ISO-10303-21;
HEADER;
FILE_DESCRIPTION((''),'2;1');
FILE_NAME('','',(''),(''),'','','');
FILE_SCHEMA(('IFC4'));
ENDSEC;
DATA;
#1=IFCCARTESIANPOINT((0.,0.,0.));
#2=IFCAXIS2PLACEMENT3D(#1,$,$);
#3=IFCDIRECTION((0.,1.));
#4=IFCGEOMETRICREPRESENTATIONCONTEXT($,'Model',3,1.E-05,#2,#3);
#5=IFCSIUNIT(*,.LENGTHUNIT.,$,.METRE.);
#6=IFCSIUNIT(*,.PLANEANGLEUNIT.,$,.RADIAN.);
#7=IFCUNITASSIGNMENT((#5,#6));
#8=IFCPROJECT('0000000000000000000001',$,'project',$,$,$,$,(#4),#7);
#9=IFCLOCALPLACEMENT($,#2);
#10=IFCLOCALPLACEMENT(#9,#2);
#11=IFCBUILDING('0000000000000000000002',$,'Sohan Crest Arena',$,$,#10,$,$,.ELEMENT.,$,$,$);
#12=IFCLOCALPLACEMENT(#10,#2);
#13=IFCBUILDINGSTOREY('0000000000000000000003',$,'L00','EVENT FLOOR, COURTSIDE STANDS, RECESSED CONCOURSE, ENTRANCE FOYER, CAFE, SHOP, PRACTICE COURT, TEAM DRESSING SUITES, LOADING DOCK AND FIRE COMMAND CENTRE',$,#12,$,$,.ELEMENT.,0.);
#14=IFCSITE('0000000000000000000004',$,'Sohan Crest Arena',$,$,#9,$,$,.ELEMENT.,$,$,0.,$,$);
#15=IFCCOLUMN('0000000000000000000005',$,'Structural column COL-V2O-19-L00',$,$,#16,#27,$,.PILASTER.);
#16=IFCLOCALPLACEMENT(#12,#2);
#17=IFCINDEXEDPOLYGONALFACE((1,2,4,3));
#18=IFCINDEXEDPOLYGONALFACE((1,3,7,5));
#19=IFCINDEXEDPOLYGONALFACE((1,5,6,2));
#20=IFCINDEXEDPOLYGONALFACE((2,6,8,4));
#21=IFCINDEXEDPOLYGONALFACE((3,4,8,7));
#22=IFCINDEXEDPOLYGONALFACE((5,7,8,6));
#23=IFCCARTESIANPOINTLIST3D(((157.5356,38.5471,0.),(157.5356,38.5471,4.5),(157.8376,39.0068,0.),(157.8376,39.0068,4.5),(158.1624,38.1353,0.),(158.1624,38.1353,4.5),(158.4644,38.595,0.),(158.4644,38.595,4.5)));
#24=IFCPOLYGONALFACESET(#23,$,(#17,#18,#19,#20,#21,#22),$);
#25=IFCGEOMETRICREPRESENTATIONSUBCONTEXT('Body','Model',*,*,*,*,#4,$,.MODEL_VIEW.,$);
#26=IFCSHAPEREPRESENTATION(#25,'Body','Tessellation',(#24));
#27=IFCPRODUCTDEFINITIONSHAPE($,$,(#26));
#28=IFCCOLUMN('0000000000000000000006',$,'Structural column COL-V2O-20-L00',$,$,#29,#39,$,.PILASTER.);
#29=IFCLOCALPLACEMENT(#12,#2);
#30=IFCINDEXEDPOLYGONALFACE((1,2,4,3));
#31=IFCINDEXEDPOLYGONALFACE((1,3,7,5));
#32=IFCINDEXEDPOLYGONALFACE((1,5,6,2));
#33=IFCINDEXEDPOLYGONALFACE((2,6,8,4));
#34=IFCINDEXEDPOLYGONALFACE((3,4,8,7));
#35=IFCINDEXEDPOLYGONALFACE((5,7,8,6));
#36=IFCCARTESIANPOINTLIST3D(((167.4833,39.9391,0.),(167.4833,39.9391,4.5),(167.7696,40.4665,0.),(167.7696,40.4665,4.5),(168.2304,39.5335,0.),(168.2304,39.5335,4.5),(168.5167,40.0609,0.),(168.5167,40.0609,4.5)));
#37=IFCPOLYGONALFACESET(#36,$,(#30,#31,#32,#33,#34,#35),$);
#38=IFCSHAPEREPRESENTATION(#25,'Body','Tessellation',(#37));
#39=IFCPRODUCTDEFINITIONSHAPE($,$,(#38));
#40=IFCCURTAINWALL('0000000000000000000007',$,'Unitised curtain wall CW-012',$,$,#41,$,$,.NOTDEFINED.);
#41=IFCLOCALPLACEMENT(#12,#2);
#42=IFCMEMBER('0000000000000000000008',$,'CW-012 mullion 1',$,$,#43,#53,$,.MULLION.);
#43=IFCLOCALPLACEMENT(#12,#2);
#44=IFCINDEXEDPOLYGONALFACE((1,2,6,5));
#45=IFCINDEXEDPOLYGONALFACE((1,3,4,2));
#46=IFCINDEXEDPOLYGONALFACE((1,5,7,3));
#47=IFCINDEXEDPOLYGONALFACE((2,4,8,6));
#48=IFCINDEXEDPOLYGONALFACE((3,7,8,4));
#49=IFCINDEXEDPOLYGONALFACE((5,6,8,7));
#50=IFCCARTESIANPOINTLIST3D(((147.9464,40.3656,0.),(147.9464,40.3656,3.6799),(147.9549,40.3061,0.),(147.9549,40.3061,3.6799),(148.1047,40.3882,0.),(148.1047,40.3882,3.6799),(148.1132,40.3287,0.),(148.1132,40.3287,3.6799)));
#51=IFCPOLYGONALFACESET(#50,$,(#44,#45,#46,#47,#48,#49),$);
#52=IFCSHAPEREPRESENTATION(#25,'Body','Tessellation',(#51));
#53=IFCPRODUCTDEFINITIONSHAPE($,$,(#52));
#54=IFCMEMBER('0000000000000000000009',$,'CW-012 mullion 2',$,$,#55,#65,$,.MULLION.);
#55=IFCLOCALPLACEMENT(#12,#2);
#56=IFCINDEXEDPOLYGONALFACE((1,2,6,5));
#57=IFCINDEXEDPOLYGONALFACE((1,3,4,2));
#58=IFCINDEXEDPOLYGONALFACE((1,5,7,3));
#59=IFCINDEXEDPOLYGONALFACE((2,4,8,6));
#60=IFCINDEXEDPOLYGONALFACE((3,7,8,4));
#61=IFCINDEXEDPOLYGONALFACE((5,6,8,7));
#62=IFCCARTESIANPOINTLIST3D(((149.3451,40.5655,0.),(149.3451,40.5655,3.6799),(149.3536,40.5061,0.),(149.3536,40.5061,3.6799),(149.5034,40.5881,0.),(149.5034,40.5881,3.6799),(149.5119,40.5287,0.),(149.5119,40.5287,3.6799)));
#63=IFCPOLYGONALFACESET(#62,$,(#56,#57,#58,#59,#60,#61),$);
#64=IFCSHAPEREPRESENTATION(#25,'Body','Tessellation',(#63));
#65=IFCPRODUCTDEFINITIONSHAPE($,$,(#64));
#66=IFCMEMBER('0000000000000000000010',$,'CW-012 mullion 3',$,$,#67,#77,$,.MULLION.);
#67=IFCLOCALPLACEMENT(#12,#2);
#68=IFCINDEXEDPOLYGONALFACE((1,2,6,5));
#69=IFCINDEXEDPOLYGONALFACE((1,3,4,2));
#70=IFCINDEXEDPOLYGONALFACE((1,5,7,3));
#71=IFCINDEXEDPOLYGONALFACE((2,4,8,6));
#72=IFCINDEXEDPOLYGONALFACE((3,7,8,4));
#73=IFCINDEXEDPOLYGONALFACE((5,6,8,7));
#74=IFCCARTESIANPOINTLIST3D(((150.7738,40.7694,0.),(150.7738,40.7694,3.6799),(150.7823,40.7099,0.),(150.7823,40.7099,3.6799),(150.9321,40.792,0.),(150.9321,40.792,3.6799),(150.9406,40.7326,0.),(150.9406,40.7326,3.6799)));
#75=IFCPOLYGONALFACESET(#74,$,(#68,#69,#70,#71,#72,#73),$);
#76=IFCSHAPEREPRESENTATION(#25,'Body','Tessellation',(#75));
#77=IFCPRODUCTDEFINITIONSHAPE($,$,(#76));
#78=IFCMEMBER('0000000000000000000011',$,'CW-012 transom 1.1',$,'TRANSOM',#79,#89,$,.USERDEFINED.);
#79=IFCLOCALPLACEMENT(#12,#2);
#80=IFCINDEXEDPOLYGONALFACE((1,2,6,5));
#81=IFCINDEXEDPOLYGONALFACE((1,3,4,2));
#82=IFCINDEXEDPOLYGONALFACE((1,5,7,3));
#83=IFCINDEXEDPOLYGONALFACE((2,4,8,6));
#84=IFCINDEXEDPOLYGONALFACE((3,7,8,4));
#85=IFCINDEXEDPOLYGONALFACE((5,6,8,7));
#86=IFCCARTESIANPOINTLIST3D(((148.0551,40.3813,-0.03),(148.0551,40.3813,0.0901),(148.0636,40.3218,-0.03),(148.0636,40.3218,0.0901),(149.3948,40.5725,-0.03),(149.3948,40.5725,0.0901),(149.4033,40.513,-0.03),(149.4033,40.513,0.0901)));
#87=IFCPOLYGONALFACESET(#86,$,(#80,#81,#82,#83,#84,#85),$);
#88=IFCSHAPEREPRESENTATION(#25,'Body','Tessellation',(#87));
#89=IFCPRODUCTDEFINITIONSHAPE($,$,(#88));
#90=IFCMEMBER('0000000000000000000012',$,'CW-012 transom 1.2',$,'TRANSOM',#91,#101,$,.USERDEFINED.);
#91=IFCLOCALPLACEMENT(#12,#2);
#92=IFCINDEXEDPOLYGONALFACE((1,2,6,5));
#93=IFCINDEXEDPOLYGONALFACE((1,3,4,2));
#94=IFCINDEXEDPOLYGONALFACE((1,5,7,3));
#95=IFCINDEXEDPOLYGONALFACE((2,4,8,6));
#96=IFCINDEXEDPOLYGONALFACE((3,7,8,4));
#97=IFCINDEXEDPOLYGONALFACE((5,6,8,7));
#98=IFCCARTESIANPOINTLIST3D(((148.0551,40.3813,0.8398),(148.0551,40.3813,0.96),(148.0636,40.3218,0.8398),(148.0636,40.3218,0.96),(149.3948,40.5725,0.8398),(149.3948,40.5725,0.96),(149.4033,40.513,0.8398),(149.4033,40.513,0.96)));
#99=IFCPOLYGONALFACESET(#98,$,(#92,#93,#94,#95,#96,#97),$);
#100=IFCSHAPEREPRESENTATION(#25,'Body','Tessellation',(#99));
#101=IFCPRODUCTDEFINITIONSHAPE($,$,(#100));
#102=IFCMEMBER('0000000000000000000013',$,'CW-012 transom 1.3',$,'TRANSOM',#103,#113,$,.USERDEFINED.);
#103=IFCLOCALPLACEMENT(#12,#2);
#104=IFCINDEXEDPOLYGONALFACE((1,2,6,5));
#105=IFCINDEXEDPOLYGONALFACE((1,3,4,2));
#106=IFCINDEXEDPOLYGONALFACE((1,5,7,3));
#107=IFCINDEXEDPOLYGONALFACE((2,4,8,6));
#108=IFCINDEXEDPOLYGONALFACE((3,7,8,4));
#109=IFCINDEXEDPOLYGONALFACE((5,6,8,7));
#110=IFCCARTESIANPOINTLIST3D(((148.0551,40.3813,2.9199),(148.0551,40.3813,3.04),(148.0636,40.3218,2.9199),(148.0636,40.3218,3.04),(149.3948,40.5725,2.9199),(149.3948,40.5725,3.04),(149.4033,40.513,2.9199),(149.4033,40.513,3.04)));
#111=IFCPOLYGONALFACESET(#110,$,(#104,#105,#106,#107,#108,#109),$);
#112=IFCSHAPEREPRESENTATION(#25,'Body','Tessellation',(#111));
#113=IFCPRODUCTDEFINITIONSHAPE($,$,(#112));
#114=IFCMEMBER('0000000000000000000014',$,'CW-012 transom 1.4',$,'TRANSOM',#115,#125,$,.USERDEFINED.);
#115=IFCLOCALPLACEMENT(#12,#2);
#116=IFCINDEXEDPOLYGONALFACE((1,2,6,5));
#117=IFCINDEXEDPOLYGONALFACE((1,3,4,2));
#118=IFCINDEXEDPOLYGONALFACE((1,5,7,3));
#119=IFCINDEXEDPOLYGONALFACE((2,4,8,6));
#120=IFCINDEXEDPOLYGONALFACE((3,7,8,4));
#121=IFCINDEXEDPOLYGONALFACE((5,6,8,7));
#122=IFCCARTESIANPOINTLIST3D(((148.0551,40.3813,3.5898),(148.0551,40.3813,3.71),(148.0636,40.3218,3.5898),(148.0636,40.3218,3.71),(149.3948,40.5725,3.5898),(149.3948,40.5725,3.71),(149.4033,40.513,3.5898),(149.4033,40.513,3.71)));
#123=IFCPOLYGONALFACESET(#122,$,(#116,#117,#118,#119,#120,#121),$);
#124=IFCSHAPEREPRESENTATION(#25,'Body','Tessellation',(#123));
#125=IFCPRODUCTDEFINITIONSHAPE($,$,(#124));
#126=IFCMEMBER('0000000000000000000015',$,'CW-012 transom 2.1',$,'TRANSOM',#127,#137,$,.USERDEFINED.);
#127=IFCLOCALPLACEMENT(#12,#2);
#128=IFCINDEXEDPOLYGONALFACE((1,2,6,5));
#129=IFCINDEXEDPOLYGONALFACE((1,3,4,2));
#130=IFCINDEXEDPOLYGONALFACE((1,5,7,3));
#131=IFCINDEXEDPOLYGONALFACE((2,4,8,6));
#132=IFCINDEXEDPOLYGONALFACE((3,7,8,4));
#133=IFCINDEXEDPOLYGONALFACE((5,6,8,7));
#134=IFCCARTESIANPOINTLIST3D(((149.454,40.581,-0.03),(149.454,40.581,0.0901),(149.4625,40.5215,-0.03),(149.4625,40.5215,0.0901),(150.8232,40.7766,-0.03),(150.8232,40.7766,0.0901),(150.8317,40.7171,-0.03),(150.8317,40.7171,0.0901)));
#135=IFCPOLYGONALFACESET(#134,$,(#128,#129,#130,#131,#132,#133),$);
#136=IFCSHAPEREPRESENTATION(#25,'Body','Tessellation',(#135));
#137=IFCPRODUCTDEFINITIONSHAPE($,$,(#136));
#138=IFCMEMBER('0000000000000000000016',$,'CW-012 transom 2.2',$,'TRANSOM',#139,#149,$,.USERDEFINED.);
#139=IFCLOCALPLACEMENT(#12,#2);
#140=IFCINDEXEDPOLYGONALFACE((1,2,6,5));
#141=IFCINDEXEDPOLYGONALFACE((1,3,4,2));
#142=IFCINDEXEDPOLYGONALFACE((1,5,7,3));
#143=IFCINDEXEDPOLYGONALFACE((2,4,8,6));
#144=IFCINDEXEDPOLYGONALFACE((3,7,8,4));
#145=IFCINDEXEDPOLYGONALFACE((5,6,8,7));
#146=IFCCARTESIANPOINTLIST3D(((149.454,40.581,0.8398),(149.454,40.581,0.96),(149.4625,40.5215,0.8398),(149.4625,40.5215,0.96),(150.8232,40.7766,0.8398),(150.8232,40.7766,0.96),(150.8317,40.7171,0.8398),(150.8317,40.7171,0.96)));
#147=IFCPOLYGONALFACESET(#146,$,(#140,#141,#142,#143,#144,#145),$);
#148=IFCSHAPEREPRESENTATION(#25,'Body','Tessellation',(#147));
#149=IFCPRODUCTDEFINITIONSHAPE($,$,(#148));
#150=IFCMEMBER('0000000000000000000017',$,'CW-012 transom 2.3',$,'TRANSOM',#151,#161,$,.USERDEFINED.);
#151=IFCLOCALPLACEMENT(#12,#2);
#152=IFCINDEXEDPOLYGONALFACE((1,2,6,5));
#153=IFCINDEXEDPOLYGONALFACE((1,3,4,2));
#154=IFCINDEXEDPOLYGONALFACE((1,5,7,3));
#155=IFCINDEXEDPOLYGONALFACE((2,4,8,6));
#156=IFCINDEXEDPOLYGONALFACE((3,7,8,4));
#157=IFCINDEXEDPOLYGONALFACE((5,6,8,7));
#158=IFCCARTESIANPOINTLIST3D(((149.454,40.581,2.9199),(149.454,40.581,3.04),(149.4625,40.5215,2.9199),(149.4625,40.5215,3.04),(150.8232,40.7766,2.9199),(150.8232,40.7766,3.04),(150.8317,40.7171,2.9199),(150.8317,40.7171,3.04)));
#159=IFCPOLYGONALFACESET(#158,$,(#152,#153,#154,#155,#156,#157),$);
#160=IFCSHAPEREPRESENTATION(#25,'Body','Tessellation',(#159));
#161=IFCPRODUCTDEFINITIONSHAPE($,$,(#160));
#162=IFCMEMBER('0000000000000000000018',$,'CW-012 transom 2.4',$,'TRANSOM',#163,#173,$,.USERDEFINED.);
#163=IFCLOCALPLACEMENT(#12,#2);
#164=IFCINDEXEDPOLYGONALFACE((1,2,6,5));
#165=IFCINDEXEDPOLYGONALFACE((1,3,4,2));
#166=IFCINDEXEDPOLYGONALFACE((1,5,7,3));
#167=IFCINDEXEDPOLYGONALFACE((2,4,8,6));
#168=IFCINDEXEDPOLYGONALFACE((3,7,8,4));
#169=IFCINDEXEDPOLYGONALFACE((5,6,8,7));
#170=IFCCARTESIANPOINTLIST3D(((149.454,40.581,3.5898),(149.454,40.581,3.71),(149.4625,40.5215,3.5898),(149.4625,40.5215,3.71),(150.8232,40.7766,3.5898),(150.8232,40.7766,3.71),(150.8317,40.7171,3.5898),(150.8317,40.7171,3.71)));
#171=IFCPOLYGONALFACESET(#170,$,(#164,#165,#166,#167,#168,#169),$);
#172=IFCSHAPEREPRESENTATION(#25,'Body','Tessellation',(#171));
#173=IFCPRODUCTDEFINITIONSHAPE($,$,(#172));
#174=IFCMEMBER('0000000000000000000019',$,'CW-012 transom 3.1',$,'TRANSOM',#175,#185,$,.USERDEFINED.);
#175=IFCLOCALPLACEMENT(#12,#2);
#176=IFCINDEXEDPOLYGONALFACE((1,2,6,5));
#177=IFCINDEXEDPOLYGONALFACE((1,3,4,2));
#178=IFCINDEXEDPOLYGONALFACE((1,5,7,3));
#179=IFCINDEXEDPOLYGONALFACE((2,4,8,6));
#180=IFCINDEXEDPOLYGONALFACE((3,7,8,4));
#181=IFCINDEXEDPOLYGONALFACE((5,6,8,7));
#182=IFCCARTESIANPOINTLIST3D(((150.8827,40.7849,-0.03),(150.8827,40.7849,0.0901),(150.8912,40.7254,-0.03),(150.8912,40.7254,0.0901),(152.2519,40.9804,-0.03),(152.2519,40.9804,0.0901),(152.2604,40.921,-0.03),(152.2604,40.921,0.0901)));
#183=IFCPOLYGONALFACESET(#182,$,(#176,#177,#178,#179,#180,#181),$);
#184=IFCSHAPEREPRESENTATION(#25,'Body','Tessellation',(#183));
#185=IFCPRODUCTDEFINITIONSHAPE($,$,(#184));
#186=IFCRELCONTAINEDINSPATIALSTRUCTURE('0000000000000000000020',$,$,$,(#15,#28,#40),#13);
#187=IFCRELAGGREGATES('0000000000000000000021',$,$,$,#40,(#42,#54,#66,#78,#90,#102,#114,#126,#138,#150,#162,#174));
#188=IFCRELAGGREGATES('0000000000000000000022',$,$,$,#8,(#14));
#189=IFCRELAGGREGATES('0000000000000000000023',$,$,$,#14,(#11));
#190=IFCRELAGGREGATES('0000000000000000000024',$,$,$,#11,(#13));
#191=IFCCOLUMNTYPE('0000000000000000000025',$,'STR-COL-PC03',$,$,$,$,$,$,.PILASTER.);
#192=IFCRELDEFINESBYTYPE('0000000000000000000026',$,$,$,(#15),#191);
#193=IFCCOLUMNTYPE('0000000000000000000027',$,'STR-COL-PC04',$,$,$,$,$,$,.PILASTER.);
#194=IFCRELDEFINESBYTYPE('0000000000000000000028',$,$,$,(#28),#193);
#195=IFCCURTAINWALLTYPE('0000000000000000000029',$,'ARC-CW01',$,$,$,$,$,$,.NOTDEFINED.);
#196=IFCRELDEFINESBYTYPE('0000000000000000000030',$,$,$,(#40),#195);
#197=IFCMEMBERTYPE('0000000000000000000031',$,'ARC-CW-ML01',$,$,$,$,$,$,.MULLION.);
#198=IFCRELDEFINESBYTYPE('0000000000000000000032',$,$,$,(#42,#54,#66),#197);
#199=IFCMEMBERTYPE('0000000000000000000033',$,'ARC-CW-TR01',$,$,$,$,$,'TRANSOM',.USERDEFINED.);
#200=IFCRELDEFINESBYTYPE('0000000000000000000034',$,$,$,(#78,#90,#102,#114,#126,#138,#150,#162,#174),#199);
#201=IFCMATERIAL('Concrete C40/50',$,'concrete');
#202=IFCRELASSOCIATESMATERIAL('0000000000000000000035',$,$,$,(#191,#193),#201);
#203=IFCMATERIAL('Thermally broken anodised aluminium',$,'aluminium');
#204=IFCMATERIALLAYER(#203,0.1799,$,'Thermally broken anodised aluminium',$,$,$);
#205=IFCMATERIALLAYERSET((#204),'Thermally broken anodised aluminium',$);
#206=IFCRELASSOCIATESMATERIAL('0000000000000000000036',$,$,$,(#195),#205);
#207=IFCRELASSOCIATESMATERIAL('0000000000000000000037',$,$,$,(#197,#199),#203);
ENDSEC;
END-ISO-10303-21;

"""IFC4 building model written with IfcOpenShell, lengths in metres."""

from ifc_helpers import new_model, si_unit, direction, frame, origin, origin_2d, place, context, subcontext, project, spatial, rectangle, extrude, material, layer, layer_set, material_profile, profile_set, type_object, element, aggregate, save


model = new_model("IFC4")

# Units and contexts
model_context = context("Model", 3, precision=1e-05, world=origin(), true_north=direction((0.0, 1.0)))
body_context = subcontext(model_context, "Body", "Model", "MODEL_VIEW")
ifc_project = project(units=[si_unit("LENGTHUNIT", "METRE"), si_unit("PLANEANGLEUNIT", "RADIAN")], contexts=[model_context])

# Site, building, storey
site_placement = place(None, origin())
site = spatial("IfcSite", under=ifc_project, at=site_placement, Name="Sohan Crest Arena", CompositionType="ELEMENT", RefElevation=0.0)
building_placement = place(site_placement, origin())
building = spatial("IfcBuilding", under=site, at=building_placement, Name="Sohan Crest Arena", CompositionType="ELEMENT")
storey_placement = place(building_placement, origin())
storey = spatial("IfcBuildingStorey", under=building, at=storey_placement, Name="L00", Description="EVENT FLOOR, COURTSIDE STANDS, RECESSED CONCOURSE, ENTRANCE FOYER, CAFE, SHOP, PRACTICE COURT, TEAM DRESSING SUITES, LOADING DOCK AND FIRE COMMAND CENTRE", CompositionType="ELEMENT", Elevation=0.0)

# Columns
ifc_material_1 = material(Name="Concrete C40/50", Category="concrete")
ifc_material_profile_1 = material_profile(ifc_material_1, rectangle(XDim=0.75, YDim=0.55, at=origin_2d()), Name="RC 750x550")
ifc_profile_set_1 = profile_set([ifc_material_profile_1], Name="Concrete C40/50")
column_type_1 = type_object("IfcColumnType", Name="STR-COL-PC03", PredefinedType="PILASTER", material=ifc_profile_set_1)
column_1_placement = place(storey_placement, frame((158.0, 38.571, 0.0), z_axis=(0.0, 0.0, 1.0), x_axis=(-0.835807, 0.549023, 0.0)))
element("IfcColumn", 1, at=column_1_placement, inside=storey, type_object=column_type_1, Name="Structural column COL-V2O-19-L00", PredefinedType="PILASTER", context=body_context, shape_type="SweptSolid", body=[
    extrude(rectangle(XDim=0.75, YDim=0.55, at=origin_2d()), origin(), (0.0, 0.0, 1.0), 4.5),
])
ifc_material_profile_2 = material_profile(ifc_material_1, rectangle(XDim=0.8501, YDim=0.6001, at=origin_2d()), Name="RC 850x600")
ifc_profile_set_2 = profile_set([ifc_material_profile_2], Name="Concrete C40/50")
column_type_2 = type_object("IfcColumnType", Name="STR-COL-PC04", PredefinedType="PILASTER", material=ifc_profile_set_2)
column_2_placement = place(storey_placement, frame((168.0, 40.0, 0.0), z_axis=(0.0, 0.0, 1.0), x_axis=(-0.878817, 0.477159, 0.0)))
element("IfcColumn", 2, at=column_2_placement, inside=storey, type_object=column_type_2, Name="Structural column COL-V2O-20-L00", PredefinedType="PILASTER", context=body_context, shape_type="SweptSolid", body=[
    extrude(rectangle(XDim=0.8501, YDim=0.6001, at=origin_2d()), origin(), (0.0, 0.0, 1.0), 4.5),
])

# Curtain wall, members
ifc_material_2 = material(Name="Thermally broken anodised aluminium", Category="aluminium")
ifc_layer_1 = layer(ifc_material_2, 0.1799, Name="Thermally broken anodised aluminium")
ifc_layer_set_1 = layer_set([ifc_layer_1], Name="Thermally broken anodised aluminium")
curtain_wall_type = type_object("IfcCurtainWallType", Name="ARC-CW01", PredefinedType="NOTDEFINED", material=ifc_layer_set_1)
curtain_wall_placement = place(storey_placement, origin())
curtain_wall = element("IfcCurtainWall", 3, at=curtain_wall_placement, inside=storey, type_object=curtain_wall_type, Name="Unitised curtain wall CW-012", PredefinedType="NOTDEFINED")
ifc_material_profile_3 = material_profile(ifc_material_2, rectangle(XDim=0.0601, YDim=0.1599, at=origin_2d()), Name="ALU-MULL 60x160")
ifc_profile_set_3 = profile_set([ifc_material_profile_3], Name="Thermally broken anodised aluminium")
member_type_1 = type_object("IfcMemberType", Name="ARC-CW-ML01", PredefinedType="MULLION", material=ifc_profile_set_3)
member_1_placement = place(storey_placement, frame((148.0298, 40.3472, 0.0), z_axis=(0.0, 0.0, 1.0), x_axis=(-0.141366, 0.989957, 0.0)))
member_1 = element("IfcMember", 4, at=member_1_placement, type_object=member_type_1, Name="CW-012 mullion 1", PredefinedType="MULLION", context=body_context, shape_type="SweptSolid", body=[
    extrude(rectangle(XDim=0.0601, YDim=0.1599, at=origin_2d()), origin(), (0.0, 0.0, 1.0), 3.6799),
])
member_2_placement = place(storey_placement, frame((149.4285, 40.5471, 0.0), z_axis=(0.0, 0.0, 1.0), x_axis=(-0.141366, 0.989957, 0.0)))
member_2 = element("IfcMember", 5, at=member_2_placement, type_object=member_type_1, Name="CW-012 mullion 2", PredefinedType="MULLION", context=body_context, shape_type="SweptSolid", body=[
    extrude(rectangle(XDim=0.0601, YDim=0.1599, at=origin_2d()), origin(), (0.0, 0.0, 1.0), 3.6799),
])
member_3_placement = place(storey_placement, frame((150.8572, 40.751, 0.0), z_axis=(0.0, 0.0, 1.0), x_axis=(-0.141366, 0.989957, 0.0)))
member_3 = element("IfcMember", 6, at=member_3_placement, type_object=member_type_1, Name="CW-012 mullion 3", PredefinedType="MULLION", context=body_context, shape_type="SweptSolid", body=[
    extrude(rectangle(XDim=0.0601, YDim=0.1599, at=origin_2d()), origin(), (0.0, 0.0, 1.0), 3.6799),
])
ifc_material_profile_4 = material_profile(ifc_material_2, rectangle(XDim=0.0601, YDim=0.1201, at=origin_2d()), Name="ALU-TRAN 60x120")
ifc_profile_set_4 = profile_set([ifc_material_profile_4], Name="Thermally broken anodised aluminium")
member_type_2 = type_object("IfcMemberType", Name="ARC-CW-TR01", ElementType="TRANSOM", PredefinedType="USERDEFINED", material=ifc_profile_set_4)
member_4_placement = place(storey_placement, frame((148.0593, 40.3516, 0.03), z_axis=(0.989971, 0.14127, 0.0), x_axis=(-0.14127, 0.989971, 0.0)))
member_4 = element("IfcMember", 7, at=member_4_placement, type_object=member_type_2, Name="CW-012 transom 1.1", ObjectType="TRANSOM", PredefinedType="USERDEFINED", context=body_context, shape_type="SweptSolid", body=[
    extrude(rectangle(XDim=0.0601, YDim=0.1201, at=origin_2d()), origin(), (0.0, 0.0, 1.0), 1.3533),
])
member_5_placement = place(storey_placement, frame((148.0593, 40.3516, 0.8999), z_axis=(0.989971, 0.14127, 0.0), x_axis=(-0.14127, 0.989971, 0.0)))
member_5 = element("IfcMember", 8, at=member_5_placement, type_object=member_type_2, Name="CW-012 transom 1.2", ObjectType="TRANSOM", PredefinedType="USERDEFINED", context=body_context, shape_type="SweptSolid", body=[
    extrude(rectangle(XDim=0.0601, YDim=0.1201, at=origin_2d()), origin(), (0.0, 0.0, 1.0), 1.3533),
])
member_6_placement = place(storey_placement, frame((148.0593, 40.3516, 2.98), z_axis=(0.989971, 0.14127, 0.0), x_axis=(-0.14127, 0.989971, 0.0)))
member_6 = element("IfcMember", 9, at=member_6_placement, type_object=member_type_2, Name="CW-012 transom 1.3", ObjectType="TRANSOM", PredefinedType="USERDEFINED", context=body_context, shape_type="SweptSolid", body=[
    extrude(rectangle(XDim=0.0601, YDim=0.1201, at=origin_2d()), origin(), (0.0, 0.0, 1.0), 1.3533),
])
member_7_placement = place(storey_placement, frame((148.0593, 40.3516, 3.6499), z_axis=(0.989971, 0.14127, 0.0), x_axis=(-0.14127, 0.989971, 0.0)))
member_7 = element("IfcMember", 10, at=member_7_placement, type_object=member_type_2, Name="CW-012 transom 1.4", ObjectType="TRANSOM", PredefinedType="USERDEFINED", context=body_context, shape_type="SweptSolid", body=[
    extrude(rectangle(XDim=0.0601, YDim=0.1201, at=origin_2d()), origin(), (0.0, 0.0, 1.0), 1.3533),
])
member_8_placement = place(storey_placement, frame((149.4583, 40.5513, 0.03), z_axis=(0.989953, 0.141397, 0.0), x_axis=(-0.141397, 0.989953, 0.0)))
member_8 = element("IfcMember", 11, at=member_8_placement, type_object=member_type_2, Name="CW-012 transom 2.1", ObjectType="TRANSOM", PredefinedType="USERDEFINED", context=body_context, shape_type="SweptSolid", body=[
    extrude(rectangle(XDim=0.0601, YDim=0.1201, at=origin_2d()), origin(), (0.0, 0.0, 1.0), 1.3831),
])
member_9_placement = place(storey_placement, frame((149.4583, 40.5513, 0.8999), z_axis=(0.989953, 0.141397, 0.0), x_axis=(-0.141397, 0.989953, 0.0)))
member_9 = element("IfcMember", 12, at=member_9_placement, type_object=member_type_2, Name="CW-012 transom 2.2", ObjectType="TRANSOM", PredefinedType="USERDEFINED", context=body_context, shape_type="SweptSolid", body=[
    extrude(rectangle(XDim=0.0601, YDim=0.1201, at=origin_2d()), origin(), (0.0, 0.0, 1.0), 1.3831),
])
member_10_placement = place(storey_placement, frame((149.4583, 40.5513, 2.98), z_axis=(0.989953, 0.141397, 0.0), x_axis=(-0.141397, 0.989953, 0.0)))
member_10 = element("IfcMember", 13, at=member_10_placement, type_object=member_type_2, Name="CW-012 transom 2.3", ObjectType="TRANSOM", PredefinedType="USERDEFINED", context=body_context, shape_type="SweptSolid", body=[
    extrude(rectangle(XDim=0.0601, YDim=0.1201, at=origin_2d()), origin(), (0.0, 0.0, 1.0), 1.3831),
])
member_11_placement = place(storey_placement, frame((149.4583, 40.5513, 3.6499), z_axis=(0.989953, 0.141397, 0.0), x_axis=(-0.141397, 0.989953, 0.0)))
member_11 = element("IfcMember", 14, at=member_11_placement, type_object=member_type_2, Name="CW-012 transom 2.4", ObjectType="TRANSOM", PredefinedType="USERDEFINED", context=body_context, shape_type="SweptSolid", body=[
    extrude(rectangle(XDim=0.0601, YDim=0.1201, at=origin_2d()), origin(), (0.0, 0.0, 1.0), 1.3831),
])
member_12_placement = place(storey_placement, frame((150.887, 40.7551, 0.03), z_axis=(0.989953, 0.141397, 0.0), x_axis=(-0.141397, 0.989953, 0.0)))
member_12 = element("IfcMember", 15, at=member_12_placement, type_object=member_type_2, Name="CW-012 transom 3.1", ObjectType="TRANSOM", PredefinedType="USERDEFINED", context=body_context, shape_type="SweptSolid", body=[
    extrude(rectangle(XDim=0.0601, YDim=0.1201, at=origin_2d()), origin(), (0.0, 0.0, 1.0), 1.3831),
])

aggregate(curtain_wall, [member_1, member_2, member_3, member_4, member_5, member_6, member_7, member_8, member_9, member_10, member_11, member_12])

save(model, "model.ifc")
